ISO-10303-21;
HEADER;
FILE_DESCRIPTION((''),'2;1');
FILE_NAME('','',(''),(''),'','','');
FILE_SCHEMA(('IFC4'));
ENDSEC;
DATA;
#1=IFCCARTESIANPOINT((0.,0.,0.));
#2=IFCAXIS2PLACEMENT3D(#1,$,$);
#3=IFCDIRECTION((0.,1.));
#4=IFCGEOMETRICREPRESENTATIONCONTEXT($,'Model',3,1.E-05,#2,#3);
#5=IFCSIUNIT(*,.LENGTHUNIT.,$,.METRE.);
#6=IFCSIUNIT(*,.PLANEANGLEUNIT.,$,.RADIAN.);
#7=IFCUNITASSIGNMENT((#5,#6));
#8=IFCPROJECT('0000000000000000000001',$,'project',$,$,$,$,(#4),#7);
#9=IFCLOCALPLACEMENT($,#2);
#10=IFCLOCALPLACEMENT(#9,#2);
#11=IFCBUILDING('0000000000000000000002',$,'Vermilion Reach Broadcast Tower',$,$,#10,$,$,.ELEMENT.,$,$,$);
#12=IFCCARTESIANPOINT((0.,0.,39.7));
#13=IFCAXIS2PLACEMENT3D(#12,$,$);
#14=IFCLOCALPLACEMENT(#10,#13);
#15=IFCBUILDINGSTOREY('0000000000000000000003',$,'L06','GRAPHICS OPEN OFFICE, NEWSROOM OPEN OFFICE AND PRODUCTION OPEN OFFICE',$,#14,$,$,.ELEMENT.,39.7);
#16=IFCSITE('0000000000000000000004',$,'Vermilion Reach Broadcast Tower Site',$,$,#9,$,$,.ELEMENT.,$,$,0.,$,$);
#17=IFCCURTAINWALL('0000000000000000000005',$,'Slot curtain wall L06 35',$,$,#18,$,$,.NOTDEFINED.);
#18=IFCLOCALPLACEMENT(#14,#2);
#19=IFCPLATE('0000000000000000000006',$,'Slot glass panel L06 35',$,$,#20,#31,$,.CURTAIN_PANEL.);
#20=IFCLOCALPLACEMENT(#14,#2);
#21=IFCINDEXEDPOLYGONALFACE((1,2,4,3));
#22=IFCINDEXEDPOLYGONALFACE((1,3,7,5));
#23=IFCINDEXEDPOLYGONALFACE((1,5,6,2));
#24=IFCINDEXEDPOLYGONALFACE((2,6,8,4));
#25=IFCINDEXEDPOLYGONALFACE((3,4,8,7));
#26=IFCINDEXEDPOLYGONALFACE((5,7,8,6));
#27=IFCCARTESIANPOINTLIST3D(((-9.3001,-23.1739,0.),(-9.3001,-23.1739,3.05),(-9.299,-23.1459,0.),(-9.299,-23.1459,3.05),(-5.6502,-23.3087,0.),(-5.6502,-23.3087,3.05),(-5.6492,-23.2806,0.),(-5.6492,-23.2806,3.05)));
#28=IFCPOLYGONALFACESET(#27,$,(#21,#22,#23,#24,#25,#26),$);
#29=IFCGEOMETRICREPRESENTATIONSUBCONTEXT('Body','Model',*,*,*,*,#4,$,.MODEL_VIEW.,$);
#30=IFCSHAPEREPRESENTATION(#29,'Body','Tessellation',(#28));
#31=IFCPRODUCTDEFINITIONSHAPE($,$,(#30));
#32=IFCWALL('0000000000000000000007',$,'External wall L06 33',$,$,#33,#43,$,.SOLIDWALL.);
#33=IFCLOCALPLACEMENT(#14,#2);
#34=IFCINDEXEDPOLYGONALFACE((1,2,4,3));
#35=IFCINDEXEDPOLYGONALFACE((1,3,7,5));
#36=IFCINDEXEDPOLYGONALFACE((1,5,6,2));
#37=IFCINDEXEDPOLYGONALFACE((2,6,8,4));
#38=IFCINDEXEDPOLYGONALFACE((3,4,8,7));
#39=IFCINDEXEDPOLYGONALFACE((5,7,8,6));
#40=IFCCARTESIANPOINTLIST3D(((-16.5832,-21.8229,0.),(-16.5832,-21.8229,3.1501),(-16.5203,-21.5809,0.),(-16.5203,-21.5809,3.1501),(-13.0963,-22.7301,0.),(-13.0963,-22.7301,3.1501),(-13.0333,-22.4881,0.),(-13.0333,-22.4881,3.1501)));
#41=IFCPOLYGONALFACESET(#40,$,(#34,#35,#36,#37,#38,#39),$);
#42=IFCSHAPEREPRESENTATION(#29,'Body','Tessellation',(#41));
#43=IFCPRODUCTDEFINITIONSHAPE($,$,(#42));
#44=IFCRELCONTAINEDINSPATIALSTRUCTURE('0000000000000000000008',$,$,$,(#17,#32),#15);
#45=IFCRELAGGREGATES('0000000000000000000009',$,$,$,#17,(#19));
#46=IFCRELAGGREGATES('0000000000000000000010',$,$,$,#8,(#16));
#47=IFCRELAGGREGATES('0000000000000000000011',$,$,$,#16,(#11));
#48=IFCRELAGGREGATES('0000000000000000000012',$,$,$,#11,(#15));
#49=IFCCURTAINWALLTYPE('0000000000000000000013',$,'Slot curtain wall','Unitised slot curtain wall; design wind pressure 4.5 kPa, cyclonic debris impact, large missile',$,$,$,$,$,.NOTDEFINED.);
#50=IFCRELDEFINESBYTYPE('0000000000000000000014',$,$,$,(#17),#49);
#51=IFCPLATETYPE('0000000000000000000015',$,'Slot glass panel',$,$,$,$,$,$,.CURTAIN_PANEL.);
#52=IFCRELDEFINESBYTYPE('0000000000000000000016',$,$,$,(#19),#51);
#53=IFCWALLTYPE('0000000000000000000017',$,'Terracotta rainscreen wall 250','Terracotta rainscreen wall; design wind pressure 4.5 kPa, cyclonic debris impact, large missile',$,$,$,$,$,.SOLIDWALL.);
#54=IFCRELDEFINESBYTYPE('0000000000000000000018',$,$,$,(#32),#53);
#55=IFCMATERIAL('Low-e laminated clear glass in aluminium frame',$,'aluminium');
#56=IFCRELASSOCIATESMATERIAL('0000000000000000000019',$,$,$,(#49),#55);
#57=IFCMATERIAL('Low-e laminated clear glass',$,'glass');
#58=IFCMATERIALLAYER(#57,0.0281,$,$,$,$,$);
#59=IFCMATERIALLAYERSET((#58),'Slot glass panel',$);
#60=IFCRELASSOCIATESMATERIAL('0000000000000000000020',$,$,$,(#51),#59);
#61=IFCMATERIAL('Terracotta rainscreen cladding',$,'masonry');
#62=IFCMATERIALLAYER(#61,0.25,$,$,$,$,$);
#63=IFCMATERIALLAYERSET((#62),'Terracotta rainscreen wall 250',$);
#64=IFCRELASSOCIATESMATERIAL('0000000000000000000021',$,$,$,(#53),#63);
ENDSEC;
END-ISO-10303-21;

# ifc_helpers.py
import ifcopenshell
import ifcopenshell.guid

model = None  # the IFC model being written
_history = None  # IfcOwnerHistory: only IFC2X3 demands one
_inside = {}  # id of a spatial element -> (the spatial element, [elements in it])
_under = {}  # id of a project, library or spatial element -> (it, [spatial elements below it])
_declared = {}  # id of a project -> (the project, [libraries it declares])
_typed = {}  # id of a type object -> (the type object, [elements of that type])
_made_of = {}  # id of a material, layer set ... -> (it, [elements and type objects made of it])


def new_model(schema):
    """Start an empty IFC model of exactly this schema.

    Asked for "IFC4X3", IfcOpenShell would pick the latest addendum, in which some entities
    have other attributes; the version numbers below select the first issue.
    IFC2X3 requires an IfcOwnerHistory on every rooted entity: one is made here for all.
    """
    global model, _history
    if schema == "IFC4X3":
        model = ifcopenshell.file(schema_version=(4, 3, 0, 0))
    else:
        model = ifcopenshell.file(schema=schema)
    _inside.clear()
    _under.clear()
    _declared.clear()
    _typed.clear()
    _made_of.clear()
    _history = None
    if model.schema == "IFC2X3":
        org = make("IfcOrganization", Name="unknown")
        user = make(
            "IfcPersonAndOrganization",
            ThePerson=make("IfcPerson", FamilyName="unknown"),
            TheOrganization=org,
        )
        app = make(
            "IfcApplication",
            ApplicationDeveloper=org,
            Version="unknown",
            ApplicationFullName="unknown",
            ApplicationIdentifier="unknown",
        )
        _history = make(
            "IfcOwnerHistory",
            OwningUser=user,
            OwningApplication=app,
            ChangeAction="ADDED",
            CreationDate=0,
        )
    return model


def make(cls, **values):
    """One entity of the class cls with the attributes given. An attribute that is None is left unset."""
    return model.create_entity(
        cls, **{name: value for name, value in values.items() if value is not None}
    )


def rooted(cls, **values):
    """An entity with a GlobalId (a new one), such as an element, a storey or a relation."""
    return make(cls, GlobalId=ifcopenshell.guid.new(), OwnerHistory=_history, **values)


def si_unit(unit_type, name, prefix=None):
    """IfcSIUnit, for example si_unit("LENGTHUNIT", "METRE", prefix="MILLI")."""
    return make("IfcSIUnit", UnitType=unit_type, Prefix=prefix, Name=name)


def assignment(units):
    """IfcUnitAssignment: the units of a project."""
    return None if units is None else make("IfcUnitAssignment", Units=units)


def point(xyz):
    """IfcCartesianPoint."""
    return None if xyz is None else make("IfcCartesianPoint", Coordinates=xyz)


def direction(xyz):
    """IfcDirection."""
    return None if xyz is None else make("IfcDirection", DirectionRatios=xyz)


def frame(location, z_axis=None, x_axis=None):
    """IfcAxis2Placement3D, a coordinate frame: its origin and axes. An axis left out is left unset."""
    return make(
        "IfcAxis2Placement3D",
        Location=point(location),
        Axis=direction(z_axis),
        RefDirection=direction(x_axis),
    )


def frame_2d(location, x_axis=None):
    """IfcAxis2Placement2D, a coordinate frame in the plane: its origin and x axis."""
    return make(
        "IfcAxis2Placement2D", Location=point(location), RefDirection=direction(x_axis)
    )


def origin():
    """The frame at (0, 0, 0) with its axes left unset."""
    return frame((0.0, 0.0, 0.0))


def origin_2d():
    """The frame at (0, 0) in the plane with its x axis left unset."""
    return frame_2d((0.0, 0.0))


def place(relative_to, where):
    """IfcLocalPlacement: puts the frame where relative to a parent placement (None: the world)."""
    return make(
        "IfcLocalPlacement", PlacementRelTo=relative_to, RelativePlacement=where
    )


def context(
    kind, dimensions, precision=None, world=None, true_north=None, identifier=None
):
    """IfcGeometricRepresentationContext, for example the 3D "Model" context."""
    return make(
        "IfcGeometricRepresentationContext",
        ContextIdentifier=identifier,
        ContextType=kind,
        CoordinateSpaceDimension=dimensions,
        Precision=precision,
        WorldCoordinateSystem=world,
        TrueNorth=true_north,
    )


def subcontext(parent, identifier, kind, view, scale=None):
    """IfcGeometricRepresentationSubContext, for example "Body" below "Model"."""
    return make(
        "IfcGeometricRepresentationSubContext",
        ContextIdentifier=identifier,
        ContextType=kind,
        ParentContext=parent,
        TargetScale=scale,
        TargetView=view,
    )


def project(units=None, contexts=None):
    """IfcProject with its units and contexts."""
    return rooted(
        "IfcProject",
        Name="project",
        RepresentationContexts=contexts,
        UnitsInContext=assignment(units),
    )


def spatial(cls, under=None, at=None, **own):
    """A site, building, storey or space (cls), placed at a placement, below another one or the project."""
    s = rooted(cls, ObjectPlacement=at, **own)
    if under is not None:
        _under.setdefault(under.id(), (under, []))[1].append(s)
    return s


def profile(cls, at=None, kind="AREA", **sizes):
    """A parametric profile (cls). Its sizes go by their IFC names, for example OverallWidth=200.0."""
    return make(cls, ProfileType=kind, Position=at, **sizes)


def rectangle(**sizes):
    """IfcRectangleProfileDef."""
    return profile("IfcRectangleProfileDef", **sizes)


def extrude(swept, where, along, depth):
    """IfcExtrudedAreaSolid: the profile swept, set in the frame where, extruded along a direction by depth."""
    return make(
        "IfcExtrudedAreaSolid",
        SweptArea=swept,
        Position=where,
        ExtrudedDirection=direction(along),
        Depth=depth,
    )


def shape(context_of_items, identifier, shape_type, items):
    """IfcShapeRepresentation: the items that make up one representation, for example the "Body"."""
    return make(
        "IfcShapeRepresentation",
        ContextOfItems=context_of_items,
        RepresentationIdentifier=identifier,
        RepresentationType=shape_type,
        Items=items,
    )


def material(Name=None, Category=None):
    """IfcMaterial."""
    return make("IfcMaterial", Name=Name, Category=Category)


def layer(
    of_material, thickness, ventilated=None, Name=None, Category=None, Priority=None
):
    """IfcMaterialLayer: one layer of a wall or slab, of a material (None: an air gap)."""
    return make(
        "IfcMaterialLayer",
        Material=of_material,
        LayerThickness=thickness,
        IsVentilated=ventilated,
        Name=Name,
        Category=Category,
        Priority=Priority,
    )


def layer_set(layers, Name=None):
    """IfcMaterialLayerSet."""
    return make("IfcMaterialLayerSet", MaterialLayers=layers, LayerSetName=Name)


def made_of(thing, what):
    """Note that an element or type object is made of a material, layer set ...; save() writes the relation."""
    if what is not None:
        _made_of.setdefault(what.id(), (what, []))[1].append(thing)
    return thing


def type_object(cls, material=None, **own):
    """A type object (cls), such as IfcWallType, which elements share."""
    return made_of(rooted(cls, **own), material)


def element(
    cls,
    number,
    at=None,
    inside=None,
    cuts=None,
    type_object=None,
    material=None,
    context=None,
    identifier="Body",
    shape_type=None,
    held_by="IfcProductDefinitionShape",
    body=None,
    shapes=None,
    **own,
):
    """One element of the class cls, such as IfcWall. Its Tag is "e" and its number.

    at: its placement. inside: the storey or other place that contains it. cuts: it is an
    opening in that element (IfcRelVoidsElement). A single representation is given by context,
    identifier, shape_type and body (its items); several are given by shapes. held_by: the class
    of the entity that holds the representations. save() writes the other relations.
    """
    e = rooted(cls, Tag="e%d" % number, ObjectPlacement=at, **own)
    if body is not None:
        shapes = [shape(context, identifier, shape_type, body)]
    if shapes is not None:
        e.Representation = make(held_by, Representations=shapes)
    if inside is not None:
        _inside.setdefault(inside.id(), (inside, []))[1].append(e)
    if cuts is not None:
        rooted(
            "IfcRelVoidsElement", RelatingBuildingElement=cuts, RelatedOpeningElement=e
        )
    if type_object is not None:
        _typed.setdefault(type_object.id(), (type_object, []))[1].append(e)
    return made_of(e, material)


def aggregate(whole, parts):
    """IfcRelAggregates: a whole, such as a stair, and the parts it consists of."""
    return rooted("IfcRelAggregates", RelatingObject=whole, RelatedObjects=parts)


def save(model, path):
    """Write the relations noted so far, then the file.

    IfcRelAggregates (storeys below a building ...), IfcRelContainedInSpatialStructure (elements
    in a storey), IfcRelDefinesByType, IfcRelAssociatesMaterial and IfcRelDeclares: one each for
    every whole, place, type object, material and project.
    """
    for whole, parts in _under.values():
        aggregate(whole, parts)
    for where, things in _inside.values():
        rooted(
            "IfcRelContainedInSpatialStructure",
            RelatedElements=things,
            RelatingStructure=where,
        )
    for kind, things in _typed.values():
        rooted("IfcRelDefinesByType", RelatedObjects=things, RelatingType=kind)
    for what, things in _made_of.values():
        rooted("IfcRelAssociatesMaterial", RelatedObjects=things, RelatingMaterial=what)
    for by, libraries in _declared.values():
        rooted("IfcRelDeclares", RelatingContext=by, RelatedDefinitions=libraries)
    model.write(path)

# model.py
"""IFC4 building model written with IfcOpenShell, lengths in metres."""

from ifc_helpers import new_model, si_unit, direction, frame, frame_2d, origin, origin_2d, place, context, subcontext, project, spatial, rectangle, extrude, material, layer, layer_set, type_object, element, aggregate, save


model = new_model("IFC4")

# Units and contexts
model_context = context("Model", 3, precision=1e-05, world=origin(), true_north=direction((0.0, 1.0)))
body_context = subcontext(model_context, "Body", "Model", "MODEL_VIEW")
ifc_project = project(units=[si_unit("LENGTHUNIT", "METRE"), si_unit("PLANEANGLEUNIT", "RADIAN")], contexts=[model_context])

# Site, building, storey
site_placement = place(None, origin())
site = spatial("IfcSite", under=ifc_project, at=site_placement, Name="Vermilion Reach Broadcast Tower Site", CompositionType="ELEMENT", RefElevation=0.0)
building_placement = place(site_placement, origin())
building = spatial("IfcBuilding", under=site, at=building_placement, Name="Vermilion Reach Broadcast Tower", CompositionType="ELEMENT")
storey_placement = place(building_placement, frame((0.0, 0.0, 39.7)))
storey = spatial("IfcBuildingStorey", under=building, at=storey_placement, Name="L06", Description="GRAPHICS OPEN OFFICE, NEWSROOM OPEN OFFICE AND PRODUCTION OPEN OFFICE", CompositionType="ELEMENT", Elevation=39.7)

# Curtain wall
ifc_material_1 = material(Name="Low-e laminated clear glass in aluminium frame", Category="aluminium")
curtain_wall_type = type_object("IfcCurtainWallType", Name="Slot curtain wall", Description="Unitised slot curtain wall; design wind pressure 4.5 kPa, cyclonic debris impact, large missile", PredefinedType="NOTDEFINED", material=ifc_material_1)
placement = place(storey_placement, origin())
curtain_wall_1 = element("IfcCurtainWall", 1, at=placement, inside=storey, type_object=curtain_wall_type, Name="Slot curtain wall L06 35", PredefinedType="NOTDEFINED")

# Plate
ifc_material_2 = material(Name="Low-e laminated clear glass", Category="glass")
ifc_layer_1 = layer(ifc_material_2, 0.0281)
ifc_layer_set_1 = layer_set([ifc_layer_1], Name="Slot glass panel")
plate_type = type_object("IfcPlateType", Name="Slot glass panel", PredefinedType="CURTAIN_PANEL", material=ifc_layer_set_1)
plate_1_placement = place(storey_placement, frame((-7.4746, -23.2273, 0.0), z_axis=(0.0, 0.0, 1.0), x_axis=(0.999319, -0.036893, 0.0)))
plate_1 = element("IfcPlate", 2, at=plate_1_placement, type_object=plate_type, Name="Slot glass panel L06 35", PredefinedType="CURTAIN_PANEL", context=body_context, shape_type="SweptSolid", body=[
    extrude(rectangle(XDim=3.6523, YDim=0.0281, at=origin_2d()), origin(), (0.0, 0.0, 1.0), 3.05),
])
aggregate(curtain_wall_1, [plate_1])

# Wall
ifc_material_3 = material(Name="Terracotta rainscreen cladding", Category="masonry")
ifc_layer_2 = layer(ifc_material_3, 0.25)
ifc_layer_set_2 = layer_set([ifc_layer_2], Name="Terracotta rainscreen wall 250")
wall_type = type_object("IfcWallType", Name="Terracotta rainscreen wall 250", Description="Terracotta rainscreen wall; design wind pressure 4.5 kPa, cyclonic debris impact, large missile", PredefinedType="SOLIDWALL", material=ifc_layer_set_2)
wall_placement = place(storey_placement, frame((-16.5518, -21.7019, 0.0), z_axis=(0.0, 0.0, 1.0), x_axis=(0.967783, -0.251787, 0.0)))
element("IfcWall", 3, at=wall_placement, inside=storey, type_object=wall_type, Name="External wall L06 33", PredefinedType="SOLIDWALL", context=body_context, shape_type="SweptSolid", body=[
    extrude(rectangle(XDim=3.603, YDim=0.25, at=frame_2d((1.8015, 0.0))), origin(), (0.0, 0.0, 1.0), 3.1501),
])

save(model, "model.ifc")
